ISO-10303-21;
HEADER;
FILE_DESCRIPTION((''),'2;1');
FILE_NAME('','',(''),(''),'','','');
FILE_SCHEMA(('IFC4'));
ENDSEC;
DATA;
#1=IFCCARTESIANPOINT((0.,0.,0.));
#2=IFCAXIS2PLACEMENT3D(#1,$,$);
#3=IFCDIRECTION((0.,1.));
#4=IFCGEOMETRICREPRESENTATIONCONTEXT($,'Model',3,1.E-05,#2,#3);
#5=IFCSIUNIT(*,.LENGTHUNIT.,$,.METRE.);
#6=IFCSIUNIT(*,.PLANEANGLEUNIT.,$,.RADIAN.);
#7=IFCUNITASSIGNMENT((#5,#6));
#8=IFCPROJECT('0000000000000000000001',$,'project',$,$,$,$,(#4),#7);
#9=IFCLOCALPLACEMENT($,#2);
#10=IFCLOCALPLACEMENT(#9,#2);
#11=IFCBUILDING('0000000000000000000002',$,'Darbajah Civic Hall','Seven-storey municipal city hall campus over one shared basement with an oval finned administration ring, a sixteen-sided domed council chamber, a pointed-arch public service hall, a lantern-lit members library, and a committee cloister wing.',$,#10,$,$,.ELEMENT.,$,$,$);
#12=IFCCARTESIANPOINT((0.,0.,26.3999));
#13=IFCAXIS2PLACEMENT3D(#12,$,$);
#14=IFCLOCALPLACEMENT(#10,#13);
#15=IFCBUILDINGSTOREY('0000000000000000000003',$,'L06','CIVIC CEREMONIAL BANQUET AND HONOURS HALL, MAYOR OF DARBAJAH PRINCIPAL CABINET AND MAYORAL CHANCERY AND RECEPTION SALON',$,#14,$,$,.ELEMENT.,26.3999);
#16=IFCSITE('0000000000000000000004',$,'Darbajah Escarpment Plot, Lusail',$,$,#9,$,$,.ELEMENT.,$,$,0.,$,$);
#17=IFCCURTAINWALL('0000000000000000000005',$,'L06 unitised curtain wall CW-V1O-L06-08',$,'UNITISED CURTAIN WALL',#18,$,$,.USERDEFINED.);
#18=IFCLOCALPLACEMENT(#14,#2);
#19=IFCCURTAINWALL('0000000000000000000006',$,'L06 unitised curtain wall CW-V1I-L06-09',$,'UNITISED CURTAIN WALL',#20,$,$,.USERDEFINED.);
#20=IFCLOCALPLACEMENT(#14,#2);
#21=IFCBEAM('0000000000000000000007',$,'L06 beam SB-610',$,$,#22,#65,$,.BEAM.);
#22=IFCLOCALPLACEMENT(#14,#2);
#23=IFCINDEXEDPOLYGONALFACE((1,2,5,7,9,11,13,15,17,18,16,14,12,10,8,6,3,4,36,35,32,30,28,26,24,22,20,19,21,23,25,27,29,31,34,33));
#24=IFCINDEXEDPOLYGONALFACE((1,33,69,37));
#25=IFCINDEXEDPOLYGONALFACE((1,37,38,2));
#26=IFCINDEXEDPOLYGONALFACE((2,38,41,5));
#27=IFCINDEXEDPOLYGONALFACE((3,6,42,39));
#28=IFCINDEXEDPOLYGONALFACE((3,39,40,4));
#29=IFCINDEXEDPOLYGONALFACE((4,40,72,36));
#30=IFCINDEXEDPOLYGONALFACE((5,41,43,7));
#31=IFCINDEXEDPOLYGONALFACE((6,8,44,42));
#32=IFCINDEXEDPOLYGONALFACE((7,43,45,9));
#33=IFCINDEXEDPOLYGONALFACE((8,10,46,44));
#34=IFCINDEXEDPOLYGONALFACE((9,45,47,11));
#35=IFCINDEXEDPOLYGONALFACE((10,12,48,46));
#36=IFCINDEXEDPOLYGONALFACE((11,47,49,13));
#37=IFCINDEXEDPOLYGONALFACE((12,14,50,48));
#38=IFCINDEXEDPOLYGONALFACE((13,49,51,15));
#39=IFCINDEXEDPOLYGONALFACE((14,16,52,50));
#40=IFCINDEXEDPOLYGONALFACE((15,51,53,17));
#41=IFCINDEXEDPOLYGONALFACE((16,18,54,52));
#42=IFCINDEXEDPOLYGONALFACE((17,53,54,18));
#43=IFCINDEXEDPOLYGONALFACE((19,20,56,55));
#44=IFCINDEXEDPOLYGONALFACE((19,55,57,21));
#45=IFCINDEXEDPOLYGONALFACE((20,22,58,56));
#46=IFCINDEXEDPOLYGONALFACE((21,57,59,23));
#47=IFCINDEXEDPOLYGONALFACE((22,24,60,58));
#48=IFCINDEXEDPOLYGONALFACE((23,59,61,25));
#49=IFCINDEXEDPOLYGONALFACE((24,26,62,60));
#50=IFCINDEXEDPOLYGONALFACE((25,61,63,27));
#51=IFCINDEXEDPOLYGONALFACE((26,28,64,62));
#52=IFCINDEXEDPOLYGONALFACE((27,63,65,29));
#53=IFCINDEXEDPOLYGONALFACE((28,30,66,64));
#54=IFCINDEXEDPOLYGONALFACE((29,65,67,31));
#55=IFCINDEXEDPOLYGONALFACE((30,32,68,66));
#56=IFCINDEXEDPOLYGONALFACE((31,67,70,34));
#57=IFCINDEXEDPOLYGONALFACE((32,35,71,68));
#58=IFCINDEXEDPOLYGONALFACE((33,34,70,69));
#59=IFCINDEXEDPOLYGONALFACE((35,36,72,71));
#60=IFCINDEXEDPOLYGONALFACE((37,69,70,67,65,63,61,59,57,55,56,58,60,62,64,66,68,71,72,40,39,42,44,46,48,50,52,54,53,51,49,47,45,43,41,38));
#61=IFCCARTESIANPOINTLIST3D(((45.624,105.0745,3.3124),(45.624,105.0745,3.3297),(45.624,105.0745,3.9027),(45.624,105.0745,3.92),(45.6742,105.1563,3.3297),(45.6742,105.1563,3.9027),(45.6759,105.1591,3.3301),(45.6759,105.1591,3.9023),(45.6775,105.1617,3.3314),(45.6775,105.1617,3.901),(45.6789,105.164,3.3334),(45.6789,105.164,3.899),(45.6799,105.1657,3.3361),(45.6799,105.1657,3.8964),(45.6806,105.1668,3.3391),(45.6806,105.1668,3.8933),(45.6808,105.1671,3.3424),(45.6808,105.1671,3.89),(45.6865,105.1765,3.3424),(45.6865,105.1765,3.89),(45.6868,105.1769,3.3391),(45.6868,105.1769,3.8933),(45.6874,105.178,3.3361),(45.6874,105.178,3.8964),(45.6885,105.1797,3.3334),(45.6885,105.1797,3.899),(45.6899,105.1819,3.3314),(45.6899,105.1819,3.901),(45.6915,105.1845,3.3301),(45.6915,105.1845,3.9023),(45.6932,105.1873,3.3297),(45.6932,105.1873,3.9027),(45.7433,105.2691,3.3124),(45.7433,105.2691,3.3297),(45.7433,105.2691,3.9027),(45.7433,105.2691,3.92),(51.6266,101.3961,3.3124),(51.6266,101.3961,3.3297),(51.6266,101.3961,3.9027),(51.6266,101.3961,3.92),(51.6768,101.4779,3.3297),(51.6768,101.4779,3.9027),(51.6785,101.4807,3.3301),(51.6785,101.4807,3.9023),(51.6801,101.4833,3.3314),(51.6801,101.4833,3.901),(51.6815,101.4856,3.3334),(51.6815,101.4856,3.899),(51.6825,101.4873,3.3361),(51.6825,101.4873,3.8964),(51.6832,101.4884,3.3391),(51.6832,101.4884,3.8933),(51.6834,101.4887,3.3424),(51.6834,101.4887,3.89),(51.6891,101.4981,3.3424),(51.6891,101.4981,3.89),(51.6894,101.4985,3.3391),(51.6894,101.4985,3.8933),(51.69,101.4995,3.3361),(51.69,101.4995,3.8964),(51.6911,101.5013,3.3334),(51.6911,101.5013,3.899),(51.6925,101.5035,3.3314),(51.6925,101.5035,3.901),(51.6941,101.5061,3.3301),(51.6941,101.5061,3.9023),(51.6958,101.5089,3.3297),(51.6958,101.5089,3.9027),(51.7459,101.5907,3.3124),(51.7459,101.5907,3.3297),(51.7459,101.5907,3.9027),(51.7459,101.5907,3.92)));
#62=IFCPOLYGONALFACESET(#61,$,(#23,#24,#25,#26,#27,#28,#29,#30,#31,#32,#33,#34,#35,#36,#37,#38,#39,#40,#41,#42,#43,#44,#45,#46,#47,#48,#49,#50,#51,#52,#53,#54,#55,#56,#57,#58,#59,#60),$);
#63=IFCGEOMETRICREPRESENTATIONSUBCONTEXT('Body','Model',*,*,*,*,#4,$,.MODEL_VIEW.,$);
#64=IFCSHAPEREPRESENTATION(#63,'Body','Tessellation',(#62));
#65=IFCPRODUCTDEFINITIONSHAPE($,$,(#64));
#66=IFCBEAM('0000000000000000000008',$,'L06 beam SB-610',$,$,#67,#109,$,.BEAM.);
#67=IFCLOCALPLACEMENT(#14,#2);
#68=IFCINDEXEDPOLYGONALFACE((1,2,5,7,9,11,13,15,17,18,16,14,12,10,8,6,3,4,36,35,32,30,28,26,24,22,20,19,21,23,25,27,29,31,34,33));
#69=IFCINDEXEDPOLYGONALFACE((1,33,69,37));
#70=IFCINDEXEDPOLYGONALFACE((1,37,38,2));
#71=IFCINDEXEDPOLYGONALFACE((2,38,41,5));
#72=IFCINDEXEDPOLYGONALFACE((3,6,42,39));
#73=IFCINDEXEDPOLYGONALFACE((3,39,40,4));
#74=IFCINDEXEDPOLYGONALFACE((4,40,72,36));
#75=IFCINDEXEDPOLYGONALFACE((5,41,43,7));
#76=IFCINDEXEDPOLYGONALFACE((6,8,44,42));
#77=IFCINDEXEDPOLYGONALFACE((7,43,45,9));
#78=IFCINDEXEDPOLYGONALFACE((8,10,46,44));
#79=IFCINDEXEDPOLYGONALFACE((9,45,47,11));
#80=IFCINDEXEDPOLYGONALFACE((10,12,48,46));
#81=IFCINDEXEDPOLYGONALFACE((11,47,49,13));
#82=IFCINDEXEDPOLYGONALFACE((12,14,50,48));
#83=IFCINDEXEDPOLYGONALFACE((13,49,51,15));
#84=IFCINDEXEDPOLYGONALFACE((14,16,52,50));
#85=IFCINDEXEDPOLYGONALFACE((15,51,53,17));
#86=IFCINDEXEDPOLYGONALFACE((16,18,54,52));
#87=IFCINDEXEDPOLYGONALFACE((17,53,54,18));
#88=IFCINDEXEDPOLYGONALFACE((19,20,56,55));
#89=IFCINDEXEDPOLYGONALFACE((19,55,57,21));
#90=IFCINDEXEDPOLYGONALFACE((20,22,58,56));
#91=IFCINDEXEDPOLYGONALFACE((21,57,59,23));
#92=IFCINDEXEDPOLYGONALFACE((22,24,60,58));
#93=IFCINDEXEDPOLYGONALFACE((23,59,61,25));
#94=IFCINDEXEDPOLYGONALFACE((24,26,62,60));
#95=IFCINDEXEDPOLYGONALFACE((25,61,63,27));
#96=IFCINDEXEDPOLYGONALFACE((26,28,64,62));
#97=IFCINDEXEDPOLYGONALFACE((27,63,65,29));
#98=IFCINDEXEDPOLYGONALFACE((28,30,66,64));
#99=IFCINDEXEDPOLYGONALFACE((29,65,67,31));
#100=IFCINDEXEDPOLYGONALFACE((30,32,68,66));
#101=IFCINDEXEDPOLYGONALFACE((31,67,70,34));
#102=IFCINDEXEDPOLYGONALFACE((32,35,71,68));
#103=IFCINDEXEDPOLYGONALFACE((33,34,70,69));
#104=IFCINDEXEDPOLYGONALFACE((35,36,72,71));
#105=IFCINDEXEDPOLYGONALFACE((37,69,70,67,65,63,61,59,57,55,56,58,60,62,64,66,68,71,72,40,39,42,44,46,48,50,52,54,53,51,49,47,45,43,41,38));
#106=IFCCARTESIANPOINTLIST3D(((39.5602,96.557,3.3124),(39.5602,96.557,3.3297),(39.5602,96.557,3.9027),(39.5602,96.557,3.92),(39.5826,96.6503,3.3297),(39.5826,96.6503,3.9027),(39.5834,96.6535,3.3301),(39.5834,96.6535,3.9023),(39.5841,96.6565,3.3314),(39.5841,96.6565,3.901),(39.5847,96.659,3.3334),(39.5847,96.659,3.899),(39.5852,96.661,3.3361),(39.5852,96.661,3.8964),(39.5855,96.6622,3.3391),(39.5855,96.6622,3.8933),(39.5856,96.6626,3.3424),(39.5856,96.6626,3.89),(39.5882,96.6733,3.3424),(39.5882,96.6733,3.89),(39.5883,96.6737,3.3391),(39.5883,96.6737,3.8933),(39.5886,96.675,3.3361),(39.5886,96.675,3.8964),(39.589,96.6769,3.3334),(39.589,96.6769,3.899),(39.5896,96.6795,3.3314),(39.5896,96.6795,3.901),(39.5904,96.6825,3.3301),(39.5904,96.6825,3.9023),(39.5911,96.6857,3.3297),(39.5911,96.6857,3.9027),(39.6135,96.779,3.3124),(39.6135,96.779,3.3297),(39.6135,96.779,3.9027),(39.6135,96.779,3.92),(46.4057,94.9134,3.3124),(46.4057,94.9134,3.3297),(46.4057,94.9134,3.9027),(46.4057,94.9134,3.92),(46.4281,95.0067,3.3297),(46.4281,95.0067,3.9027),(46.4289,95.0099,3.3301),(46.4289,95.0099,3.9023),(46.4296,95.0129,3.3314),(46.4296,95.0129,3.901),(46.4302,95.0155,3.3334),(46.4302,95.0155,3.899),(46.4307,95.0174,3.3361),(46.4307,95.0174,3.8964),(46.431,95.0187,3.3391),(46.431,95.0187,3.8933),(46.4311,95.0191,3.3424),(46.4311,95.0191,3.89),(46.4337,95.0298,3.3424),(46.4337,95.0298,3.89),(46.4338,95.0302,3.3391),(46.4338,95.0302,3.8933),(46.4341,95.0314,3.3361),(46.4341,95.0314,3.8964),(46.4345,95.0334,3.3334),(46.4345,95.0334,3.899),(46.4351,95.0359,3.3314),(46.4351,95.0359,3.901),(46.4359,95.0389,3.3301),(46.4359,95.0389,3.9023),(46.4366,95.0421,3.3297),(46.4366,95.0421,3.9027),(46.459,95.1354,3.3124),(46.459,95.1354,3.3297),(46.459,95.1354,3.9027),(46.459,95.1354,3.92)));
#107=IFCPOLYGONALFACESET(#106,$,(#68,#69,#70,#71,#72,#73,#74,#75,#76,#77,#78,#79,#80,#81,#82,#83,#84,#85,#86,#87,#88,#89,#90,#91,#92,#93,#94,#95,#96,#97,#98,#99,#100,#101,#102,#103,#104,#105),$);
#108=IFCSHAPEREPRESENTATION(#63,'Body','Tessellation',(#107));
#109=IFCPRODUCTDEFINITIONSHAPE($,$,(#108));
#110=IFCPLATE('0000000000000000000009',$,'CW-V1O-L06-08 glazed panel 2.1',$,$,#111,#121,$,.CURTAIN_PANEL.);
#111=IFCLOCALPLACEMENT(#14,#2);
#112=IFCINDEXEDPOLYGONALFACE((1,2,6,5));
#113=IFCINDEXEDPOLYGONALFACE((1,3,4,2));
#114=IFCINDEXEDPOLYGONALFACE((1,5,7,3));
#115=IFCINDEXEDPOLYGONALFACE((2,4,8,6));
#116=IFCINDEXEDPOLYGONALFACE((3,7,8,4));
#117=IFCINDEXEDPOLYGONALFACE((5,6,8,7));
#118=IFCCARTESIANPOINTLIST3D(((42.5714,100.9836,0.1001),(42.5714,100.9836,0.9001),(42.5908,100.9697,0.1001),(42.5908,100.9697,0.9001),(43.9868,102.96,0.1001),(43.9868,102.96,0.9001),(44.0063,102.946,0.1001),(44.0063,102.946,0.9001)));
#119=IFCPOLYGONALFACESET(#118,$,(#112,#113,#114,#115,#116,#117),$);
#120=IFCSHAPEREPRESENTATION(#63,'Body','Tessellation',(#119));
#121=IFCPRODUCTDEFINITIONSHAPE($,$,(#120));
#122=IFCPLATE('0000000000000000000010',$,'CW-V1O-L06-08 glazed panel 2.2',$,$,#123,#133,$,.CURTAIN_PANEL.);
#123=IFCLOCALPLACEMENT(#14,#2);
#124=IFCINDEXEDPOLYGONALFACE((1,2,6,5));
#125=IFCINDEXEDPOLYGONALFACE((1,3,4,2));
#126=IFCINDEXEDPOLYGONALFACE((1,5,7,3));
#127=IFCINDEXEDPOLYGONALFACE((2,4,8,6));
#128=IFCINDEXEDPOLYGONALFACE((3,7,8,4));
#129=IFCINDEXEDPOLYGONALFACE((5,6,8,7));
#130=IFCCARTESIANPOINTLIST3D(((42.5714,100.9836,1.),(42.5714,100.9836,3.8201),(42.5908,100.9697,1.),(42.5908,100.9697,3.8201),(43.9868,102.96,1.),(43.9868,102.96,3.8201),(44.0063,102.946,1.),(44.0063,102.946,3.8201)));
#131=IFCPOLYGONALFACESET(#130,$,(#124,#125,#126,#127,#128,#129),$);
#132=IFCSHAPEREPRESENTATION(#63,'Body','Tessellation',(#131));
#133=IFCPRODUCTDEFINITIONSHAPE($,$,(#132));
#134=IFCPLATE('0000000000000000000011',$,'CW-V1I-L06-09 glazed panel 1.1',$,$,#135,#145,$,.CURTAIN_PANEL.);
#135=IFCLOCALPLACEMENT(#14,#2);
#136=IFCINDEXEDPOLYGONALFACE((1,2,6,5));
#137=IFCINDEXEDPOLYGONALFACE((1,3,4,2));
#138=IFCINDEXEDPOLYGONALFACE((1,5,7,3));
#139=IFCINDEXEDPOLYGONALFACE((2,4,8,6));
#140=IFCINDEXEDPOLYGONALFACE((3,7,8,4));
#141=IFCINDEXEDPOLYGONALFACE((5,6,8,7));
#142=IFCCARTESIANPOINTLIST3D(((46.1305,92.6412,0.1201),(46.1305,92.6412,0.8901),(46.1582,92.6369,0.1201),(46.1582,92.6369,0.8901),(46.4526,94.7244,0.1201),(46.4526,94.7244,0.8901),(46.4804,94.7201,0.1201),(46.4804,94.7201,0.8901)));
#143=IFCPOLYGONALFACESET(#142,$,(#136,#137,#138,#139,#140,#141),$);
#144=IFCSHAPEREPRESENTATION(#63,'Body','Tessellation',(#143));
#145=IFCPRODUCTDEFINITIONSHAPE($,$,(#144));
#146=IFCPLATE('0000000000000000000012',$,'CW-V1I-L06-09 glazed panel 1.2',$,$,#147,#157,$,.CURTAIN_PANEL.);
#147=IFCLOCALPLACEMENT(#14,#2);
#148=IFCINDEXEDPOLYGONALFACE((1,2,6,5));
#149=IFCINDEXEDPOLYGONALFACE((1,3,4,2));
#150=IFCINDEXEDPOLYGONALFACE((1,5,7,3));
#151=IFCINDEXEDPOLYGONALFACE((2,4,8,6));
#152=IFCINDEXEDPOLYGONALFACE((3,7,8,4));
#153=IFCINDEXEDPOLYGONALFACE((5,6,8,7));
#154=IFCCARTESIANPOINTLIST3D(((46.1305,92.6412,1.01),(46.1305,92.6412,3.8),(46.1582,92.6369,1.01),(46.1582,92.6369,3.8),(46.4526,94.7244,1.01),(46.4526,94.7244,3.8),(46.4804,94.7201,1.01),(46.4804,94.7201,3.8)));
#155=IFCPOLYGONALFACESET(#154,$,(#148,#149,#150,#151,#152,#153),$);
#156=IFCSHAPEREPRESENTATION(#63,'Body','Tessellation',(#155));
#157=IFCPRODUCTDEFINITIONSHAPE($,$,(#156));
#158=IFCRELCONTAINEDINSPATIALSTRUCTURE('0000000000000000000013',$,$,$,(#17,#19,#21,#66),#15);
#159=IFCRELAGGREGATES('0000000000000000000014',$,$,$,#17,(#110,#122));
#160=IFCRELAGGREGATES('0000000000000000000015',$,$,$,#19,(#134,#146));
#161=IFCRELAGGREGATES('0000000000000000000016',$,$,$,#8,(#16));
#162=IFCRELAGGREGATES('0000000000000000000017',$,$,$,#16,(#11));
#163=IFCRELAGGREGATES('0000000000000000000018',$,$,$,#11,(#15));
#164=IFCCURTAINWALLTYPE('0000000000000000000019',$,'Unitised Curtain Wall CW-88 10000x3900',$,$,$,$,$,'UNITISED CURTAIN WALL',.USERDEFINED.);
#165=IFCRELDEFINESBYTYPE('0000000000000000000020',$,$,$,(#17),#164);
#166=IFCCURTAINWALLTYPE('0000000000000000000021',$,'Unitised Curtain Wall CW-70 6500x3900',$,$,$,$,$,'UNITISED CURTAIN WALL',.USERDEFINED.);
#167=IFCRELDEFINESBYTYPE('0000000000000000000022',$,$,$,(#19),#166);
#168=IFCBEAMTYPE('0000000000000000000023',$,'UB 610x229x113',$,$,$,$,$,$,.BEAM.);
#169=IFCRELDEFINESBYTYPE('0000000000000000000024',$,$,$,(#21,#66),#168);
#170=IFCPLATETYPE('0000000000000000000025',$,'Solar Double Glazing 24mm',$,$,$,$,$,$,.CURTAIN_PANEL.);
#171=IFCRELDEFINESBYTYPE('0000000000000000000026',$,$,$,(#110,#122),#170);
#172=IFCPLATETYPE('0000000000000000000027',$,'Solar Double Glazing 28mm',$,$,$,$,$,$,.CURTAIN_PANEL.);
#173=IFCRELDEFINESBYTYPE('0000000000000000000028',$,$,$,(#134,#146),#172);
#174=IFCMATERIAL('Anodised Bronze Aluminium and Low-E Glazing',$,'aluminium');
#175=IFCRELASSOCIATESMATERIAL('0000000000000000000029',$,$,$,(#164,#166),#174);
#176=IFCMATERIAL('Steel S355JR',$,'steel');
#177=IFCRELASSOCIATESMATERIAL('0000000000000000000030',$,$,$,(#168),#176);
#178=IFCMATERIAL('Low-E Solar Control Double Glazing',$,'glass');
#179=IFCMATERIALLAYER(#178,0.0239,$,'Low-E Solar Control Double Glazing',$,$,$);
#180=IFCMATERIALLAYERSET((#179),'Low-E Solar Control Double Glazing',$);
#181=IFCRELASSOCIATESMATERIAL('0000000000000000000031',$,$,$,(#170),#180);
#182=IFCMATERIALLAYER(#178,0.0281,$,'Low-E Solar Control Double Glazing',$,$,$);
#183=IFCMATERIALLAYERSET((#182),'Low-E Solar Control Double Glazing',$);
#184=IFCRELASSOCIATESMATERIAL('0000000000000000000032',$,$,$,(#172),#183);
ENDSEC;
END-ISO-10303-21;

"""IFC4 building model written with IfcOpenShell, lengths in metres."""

from ifc_helpers import new_model, si_unit, direction, frame, origin, origin_2d, place, context, subcontext, project, spatial, rectangle, i_section, extrude, material, layer, layer_set, material_profile, profile_set, type_object, element, aggregate, save


model = new_model("IFC4")

# Units and contexts
model_context = context("Model", 3, precision=1e-05, world=origin(), true_north=direction((0.0, 1.0)))
body_context = subcontext(model_context, "Body", "Model", "MODEL_VIEW")
ifc_project = project(units=[si_unit("LENGTHUNIT", "METRE"), si_unit("PLANEANGLEUNIT", "RADIAN")], contexts=[model_context])

# Site, building, storey
site_placement = place(None, origin())
site = spatial("IfcSite", under=ifc_project, at=site_placement, Name="Darbajah Escarpment Plot, Lusail", CompositionType="ELEMENT", RefElevation=0.0)
building_placement = place(site_placement, origin())
building = spatial("IfcBuilding", under=site, at=building_placement, Name="Darbajah Civic Hall", Description="Seven-storey municipal city hall campus over one shared basement with an oval finned administration ring, a sixteen-sided domed council chamber, a pointed-arch public service hall, a lantern-lit members library, and a committee cloister wing.", CompositionType="ELEMENT")
storey_placement = place(building_placement, frame((0.0, 0.0, 26.3999)))
storey = spatial("IfcBuildingStorey", under=building, at=storey_placement, Name="L06", Description="CIVIC CEREMONIAL BANQUET AND HONOURS HALL, MAYOR OF DARBAJAH PRINCIPAL CABINET AND MAYORAL CHANCERY AND RECEPTION SALON", CompositionType="ELEMENT", Elevation=26.3999)

# Curtain walls
ifc_material_1 = material(Name="Anodised Bronze Aluminium and Low-E Glazing", Category="aluminium")
curtain_wall_type_1 = type_object("IfcCurtainWallType", Name="Unitised Curtain Wall CW-88 10000x3900", ElementType="UNITISED CURTAIN WALL", PredefinedType="USERDEFINED", material=ifc_material_1)
curtain_wall_1_placement = place(storey_placement, origin())
curtain_wall_1 = element("IfcCurtainWall", 1, at=curtain_wall_1_placement, inside=storey, type_object=curtain_wall_type_1, Name="L06 unitised curtain wall CW-V1O-L06-08", ObjectType="UNITISED CURTAIN WALL", PredefinedType="USERDEFINED")
curtain_wall_type_2 = type_object("IfcCurtainWallType", Name="Unitised Curtain Wall CW-70 6500x3900", ElementType="UNITISED CURTAIN WALL", PredefinedType="USERDEFINED", material=ifc_material_1)
curtain_wall_2_placement = place(storey_placement, origin())
curtain_wall_2 = element("IfcCurtainWall", 2, at=curtain_wall_2_placement, inside=storey, type_object=curtain_wall_type_2, Name="L06 unitised curtain wall CW-V1I-L06-09", ObjectType="UNITISED CURTAIN WALL", PredefinedType="USERDEFINED")

# Beams
ifc_material_2 = material(Name="Steel S355JR", Category="steel")
ifc_material_profile_1 = material_profile(ifc_material_2, i_section(OverallWidth=0.2283, OverallDepth=0.6077, WebThickness=0.011, FlangeThickness=0.0173, FilletRadius=0.0127, at=origin_2d()), Name="UB 610x229x113")
ifc_profile_set_1 = profile_set([ifc_material_profile_1], Name="Steel S355JR")
beam_type_1 = type_object("IfcBeamType", Name="UB 610x229x113", PredefinedType="BEAM", material=ifc_profile_set_1)
for number, where, z_axis, x_axis, name in (
    (3, (51.6863, 101.4934, 3.6162), (-0.852639, 0.5225, 0.0), (-0.5225, -0.852639, 0.0), "L06 beam SB-610"),
    (4, (46.4324, 95.0244, 3.6162), (-0.972367, 0.23346, 0.0), (-0.23346, -0.972367, 0.0), "L06 beam SB-610"),
):
    element("IfcBeam", number, at=place(storey_placement, frame(where, z_axis=z_axis, x_axis=x_axis)), inside=storey, type_object=beam_type_1, Name=name, PredefinedType="BEAM", context=body_context, shape_type="SweptSolid", body=[
        extrude(i_section(OverallWidth=0.2283, OverallDepth=0.6077, WebThickness=0.011, FlangeThickness=0.0173, FilletRadius=0.0127, at=origin_2d()), origin(), (0.0, 0.0, 1.0), 7.04),
    ])

# Plates
ifc_material_3 = material(Name="Low-E Solar Control Double Glazing", Category="glass")
ifc_layer_1 = layer(ifc_material_3, 0.0239, Name="Low-E Solar Control Double Glazing")
ifc_layer_set_1 = layer_set([ifc_layer_1], Name="Low-E Solar Control Double Glazing")
plate_type_1 = type_object("IfcPlateType", Name="Solar Double Glazing 24mm", PredefinedType="CURTAIN_PANEL", material=ifc_layer_set_1)
plate_1_placement = place(storey_placement, frame((43.2888, 101.9648, 0.1001), z_axis=(0.0, 0.0, 1.0), x_axis=(-0.582265, -0.812999, 0.0)))
plate_1 = element("IfcPlate", 5, at=plate_1_placement, type_object=plate_type_1, Name="CW-V1O-L06-08 glazed panel 2.1", PredefinedType="CURTAIN_PANEL", context=body_context, shape_type="SweptSolid", body=[
    extrude(rectangle(XDim=2.4309, YDim=0.0239, at=origin_2d()), origin(), (0.0, 0.0, 1.0), 0.8),
])
plate_2_placement = place(storey_placement, frame((43.2888, 101.9648, 1.0), z_axis=(0.0, 0.0, 1.0), x_axis=(-0.582265, -0.812999, 0.0)))
plate_2 = element("IfcPlate", 6, at=plate_2_placement, type_object=plate_type_1, Name="CW-V1O-L06-08 glazed panel 2.2", PredefinedType="CURTAIN_PANEL", context=body_context, shape_type="SweptSolid", body=[
    extrude(rectangle(XDim=2.4309, YDim=0.0239, at=origin_2d()), origin(), (0.0, 0.0, 1.0), 2.8201),
])
aggregate(curtain_wall_1, [plate_1, plate_2])
ifc_layer_2 = layer(ifc_material_3, 0.0281, Name="Low-E Solar Control Double Glazing")
ifc_layer_set_2 = layer_set([ifc_layer_2], Name="Low-E Solar Control Double Glazing")
plate_type_2 = type_object("IfcPlateType", Name="Solar Double Glazing 28mm", PredefinedType="CURTAIN_PANEL", material=ifc_layer_set_2)
plate_3_placement = place(storey_placement, frame((46.3054, 93.6807, 0.1201), z_axis=(0.0, 0.0, 1.0), x_axis=(-0.152813, -0.988255, 0.0)))
plate_3 = element("IfcPlate", 7, at=plate_3_placement, type_object=plate_type_2, Name="CW-V1I-L06-09 glazed panel 1.1", PredefinedType="CURTAIN_PANEL", context=body_context, shape_type="SweptSolid", body=[
    extrude(rectangle(XDim=2.1079, YDim=0.0281, at=origin_2d()), origin(), (0.0, 0.0, 1.0), 0.77),
])
plate_4_placement = place(storey_placement, frame((46.3054, 93.6807, 1.01), z_axis=(0.0, 0.0, 1.0), x_axis=(-0.152813, -0.988255, 0.0)))
plate_4 = element("IfcPlate", 8, at=plate_4_placement, type_object=plate_type_2, Name="CW-V1I-L06-09 glazed panel 1.2", PredefinedType="CURTAIN_PANEL", context=body_context, shape_type="SweptSolid", body=[
    extrude(rectangle(XDim=2.1079, YDim=0.0281, at=origin_2d()), origin(), (0.0, 0.0, 1.0), 2.79),
])
aggregate(curtain_wall_2, [plate_3, plate_4])

save(model, "model.ifc")
